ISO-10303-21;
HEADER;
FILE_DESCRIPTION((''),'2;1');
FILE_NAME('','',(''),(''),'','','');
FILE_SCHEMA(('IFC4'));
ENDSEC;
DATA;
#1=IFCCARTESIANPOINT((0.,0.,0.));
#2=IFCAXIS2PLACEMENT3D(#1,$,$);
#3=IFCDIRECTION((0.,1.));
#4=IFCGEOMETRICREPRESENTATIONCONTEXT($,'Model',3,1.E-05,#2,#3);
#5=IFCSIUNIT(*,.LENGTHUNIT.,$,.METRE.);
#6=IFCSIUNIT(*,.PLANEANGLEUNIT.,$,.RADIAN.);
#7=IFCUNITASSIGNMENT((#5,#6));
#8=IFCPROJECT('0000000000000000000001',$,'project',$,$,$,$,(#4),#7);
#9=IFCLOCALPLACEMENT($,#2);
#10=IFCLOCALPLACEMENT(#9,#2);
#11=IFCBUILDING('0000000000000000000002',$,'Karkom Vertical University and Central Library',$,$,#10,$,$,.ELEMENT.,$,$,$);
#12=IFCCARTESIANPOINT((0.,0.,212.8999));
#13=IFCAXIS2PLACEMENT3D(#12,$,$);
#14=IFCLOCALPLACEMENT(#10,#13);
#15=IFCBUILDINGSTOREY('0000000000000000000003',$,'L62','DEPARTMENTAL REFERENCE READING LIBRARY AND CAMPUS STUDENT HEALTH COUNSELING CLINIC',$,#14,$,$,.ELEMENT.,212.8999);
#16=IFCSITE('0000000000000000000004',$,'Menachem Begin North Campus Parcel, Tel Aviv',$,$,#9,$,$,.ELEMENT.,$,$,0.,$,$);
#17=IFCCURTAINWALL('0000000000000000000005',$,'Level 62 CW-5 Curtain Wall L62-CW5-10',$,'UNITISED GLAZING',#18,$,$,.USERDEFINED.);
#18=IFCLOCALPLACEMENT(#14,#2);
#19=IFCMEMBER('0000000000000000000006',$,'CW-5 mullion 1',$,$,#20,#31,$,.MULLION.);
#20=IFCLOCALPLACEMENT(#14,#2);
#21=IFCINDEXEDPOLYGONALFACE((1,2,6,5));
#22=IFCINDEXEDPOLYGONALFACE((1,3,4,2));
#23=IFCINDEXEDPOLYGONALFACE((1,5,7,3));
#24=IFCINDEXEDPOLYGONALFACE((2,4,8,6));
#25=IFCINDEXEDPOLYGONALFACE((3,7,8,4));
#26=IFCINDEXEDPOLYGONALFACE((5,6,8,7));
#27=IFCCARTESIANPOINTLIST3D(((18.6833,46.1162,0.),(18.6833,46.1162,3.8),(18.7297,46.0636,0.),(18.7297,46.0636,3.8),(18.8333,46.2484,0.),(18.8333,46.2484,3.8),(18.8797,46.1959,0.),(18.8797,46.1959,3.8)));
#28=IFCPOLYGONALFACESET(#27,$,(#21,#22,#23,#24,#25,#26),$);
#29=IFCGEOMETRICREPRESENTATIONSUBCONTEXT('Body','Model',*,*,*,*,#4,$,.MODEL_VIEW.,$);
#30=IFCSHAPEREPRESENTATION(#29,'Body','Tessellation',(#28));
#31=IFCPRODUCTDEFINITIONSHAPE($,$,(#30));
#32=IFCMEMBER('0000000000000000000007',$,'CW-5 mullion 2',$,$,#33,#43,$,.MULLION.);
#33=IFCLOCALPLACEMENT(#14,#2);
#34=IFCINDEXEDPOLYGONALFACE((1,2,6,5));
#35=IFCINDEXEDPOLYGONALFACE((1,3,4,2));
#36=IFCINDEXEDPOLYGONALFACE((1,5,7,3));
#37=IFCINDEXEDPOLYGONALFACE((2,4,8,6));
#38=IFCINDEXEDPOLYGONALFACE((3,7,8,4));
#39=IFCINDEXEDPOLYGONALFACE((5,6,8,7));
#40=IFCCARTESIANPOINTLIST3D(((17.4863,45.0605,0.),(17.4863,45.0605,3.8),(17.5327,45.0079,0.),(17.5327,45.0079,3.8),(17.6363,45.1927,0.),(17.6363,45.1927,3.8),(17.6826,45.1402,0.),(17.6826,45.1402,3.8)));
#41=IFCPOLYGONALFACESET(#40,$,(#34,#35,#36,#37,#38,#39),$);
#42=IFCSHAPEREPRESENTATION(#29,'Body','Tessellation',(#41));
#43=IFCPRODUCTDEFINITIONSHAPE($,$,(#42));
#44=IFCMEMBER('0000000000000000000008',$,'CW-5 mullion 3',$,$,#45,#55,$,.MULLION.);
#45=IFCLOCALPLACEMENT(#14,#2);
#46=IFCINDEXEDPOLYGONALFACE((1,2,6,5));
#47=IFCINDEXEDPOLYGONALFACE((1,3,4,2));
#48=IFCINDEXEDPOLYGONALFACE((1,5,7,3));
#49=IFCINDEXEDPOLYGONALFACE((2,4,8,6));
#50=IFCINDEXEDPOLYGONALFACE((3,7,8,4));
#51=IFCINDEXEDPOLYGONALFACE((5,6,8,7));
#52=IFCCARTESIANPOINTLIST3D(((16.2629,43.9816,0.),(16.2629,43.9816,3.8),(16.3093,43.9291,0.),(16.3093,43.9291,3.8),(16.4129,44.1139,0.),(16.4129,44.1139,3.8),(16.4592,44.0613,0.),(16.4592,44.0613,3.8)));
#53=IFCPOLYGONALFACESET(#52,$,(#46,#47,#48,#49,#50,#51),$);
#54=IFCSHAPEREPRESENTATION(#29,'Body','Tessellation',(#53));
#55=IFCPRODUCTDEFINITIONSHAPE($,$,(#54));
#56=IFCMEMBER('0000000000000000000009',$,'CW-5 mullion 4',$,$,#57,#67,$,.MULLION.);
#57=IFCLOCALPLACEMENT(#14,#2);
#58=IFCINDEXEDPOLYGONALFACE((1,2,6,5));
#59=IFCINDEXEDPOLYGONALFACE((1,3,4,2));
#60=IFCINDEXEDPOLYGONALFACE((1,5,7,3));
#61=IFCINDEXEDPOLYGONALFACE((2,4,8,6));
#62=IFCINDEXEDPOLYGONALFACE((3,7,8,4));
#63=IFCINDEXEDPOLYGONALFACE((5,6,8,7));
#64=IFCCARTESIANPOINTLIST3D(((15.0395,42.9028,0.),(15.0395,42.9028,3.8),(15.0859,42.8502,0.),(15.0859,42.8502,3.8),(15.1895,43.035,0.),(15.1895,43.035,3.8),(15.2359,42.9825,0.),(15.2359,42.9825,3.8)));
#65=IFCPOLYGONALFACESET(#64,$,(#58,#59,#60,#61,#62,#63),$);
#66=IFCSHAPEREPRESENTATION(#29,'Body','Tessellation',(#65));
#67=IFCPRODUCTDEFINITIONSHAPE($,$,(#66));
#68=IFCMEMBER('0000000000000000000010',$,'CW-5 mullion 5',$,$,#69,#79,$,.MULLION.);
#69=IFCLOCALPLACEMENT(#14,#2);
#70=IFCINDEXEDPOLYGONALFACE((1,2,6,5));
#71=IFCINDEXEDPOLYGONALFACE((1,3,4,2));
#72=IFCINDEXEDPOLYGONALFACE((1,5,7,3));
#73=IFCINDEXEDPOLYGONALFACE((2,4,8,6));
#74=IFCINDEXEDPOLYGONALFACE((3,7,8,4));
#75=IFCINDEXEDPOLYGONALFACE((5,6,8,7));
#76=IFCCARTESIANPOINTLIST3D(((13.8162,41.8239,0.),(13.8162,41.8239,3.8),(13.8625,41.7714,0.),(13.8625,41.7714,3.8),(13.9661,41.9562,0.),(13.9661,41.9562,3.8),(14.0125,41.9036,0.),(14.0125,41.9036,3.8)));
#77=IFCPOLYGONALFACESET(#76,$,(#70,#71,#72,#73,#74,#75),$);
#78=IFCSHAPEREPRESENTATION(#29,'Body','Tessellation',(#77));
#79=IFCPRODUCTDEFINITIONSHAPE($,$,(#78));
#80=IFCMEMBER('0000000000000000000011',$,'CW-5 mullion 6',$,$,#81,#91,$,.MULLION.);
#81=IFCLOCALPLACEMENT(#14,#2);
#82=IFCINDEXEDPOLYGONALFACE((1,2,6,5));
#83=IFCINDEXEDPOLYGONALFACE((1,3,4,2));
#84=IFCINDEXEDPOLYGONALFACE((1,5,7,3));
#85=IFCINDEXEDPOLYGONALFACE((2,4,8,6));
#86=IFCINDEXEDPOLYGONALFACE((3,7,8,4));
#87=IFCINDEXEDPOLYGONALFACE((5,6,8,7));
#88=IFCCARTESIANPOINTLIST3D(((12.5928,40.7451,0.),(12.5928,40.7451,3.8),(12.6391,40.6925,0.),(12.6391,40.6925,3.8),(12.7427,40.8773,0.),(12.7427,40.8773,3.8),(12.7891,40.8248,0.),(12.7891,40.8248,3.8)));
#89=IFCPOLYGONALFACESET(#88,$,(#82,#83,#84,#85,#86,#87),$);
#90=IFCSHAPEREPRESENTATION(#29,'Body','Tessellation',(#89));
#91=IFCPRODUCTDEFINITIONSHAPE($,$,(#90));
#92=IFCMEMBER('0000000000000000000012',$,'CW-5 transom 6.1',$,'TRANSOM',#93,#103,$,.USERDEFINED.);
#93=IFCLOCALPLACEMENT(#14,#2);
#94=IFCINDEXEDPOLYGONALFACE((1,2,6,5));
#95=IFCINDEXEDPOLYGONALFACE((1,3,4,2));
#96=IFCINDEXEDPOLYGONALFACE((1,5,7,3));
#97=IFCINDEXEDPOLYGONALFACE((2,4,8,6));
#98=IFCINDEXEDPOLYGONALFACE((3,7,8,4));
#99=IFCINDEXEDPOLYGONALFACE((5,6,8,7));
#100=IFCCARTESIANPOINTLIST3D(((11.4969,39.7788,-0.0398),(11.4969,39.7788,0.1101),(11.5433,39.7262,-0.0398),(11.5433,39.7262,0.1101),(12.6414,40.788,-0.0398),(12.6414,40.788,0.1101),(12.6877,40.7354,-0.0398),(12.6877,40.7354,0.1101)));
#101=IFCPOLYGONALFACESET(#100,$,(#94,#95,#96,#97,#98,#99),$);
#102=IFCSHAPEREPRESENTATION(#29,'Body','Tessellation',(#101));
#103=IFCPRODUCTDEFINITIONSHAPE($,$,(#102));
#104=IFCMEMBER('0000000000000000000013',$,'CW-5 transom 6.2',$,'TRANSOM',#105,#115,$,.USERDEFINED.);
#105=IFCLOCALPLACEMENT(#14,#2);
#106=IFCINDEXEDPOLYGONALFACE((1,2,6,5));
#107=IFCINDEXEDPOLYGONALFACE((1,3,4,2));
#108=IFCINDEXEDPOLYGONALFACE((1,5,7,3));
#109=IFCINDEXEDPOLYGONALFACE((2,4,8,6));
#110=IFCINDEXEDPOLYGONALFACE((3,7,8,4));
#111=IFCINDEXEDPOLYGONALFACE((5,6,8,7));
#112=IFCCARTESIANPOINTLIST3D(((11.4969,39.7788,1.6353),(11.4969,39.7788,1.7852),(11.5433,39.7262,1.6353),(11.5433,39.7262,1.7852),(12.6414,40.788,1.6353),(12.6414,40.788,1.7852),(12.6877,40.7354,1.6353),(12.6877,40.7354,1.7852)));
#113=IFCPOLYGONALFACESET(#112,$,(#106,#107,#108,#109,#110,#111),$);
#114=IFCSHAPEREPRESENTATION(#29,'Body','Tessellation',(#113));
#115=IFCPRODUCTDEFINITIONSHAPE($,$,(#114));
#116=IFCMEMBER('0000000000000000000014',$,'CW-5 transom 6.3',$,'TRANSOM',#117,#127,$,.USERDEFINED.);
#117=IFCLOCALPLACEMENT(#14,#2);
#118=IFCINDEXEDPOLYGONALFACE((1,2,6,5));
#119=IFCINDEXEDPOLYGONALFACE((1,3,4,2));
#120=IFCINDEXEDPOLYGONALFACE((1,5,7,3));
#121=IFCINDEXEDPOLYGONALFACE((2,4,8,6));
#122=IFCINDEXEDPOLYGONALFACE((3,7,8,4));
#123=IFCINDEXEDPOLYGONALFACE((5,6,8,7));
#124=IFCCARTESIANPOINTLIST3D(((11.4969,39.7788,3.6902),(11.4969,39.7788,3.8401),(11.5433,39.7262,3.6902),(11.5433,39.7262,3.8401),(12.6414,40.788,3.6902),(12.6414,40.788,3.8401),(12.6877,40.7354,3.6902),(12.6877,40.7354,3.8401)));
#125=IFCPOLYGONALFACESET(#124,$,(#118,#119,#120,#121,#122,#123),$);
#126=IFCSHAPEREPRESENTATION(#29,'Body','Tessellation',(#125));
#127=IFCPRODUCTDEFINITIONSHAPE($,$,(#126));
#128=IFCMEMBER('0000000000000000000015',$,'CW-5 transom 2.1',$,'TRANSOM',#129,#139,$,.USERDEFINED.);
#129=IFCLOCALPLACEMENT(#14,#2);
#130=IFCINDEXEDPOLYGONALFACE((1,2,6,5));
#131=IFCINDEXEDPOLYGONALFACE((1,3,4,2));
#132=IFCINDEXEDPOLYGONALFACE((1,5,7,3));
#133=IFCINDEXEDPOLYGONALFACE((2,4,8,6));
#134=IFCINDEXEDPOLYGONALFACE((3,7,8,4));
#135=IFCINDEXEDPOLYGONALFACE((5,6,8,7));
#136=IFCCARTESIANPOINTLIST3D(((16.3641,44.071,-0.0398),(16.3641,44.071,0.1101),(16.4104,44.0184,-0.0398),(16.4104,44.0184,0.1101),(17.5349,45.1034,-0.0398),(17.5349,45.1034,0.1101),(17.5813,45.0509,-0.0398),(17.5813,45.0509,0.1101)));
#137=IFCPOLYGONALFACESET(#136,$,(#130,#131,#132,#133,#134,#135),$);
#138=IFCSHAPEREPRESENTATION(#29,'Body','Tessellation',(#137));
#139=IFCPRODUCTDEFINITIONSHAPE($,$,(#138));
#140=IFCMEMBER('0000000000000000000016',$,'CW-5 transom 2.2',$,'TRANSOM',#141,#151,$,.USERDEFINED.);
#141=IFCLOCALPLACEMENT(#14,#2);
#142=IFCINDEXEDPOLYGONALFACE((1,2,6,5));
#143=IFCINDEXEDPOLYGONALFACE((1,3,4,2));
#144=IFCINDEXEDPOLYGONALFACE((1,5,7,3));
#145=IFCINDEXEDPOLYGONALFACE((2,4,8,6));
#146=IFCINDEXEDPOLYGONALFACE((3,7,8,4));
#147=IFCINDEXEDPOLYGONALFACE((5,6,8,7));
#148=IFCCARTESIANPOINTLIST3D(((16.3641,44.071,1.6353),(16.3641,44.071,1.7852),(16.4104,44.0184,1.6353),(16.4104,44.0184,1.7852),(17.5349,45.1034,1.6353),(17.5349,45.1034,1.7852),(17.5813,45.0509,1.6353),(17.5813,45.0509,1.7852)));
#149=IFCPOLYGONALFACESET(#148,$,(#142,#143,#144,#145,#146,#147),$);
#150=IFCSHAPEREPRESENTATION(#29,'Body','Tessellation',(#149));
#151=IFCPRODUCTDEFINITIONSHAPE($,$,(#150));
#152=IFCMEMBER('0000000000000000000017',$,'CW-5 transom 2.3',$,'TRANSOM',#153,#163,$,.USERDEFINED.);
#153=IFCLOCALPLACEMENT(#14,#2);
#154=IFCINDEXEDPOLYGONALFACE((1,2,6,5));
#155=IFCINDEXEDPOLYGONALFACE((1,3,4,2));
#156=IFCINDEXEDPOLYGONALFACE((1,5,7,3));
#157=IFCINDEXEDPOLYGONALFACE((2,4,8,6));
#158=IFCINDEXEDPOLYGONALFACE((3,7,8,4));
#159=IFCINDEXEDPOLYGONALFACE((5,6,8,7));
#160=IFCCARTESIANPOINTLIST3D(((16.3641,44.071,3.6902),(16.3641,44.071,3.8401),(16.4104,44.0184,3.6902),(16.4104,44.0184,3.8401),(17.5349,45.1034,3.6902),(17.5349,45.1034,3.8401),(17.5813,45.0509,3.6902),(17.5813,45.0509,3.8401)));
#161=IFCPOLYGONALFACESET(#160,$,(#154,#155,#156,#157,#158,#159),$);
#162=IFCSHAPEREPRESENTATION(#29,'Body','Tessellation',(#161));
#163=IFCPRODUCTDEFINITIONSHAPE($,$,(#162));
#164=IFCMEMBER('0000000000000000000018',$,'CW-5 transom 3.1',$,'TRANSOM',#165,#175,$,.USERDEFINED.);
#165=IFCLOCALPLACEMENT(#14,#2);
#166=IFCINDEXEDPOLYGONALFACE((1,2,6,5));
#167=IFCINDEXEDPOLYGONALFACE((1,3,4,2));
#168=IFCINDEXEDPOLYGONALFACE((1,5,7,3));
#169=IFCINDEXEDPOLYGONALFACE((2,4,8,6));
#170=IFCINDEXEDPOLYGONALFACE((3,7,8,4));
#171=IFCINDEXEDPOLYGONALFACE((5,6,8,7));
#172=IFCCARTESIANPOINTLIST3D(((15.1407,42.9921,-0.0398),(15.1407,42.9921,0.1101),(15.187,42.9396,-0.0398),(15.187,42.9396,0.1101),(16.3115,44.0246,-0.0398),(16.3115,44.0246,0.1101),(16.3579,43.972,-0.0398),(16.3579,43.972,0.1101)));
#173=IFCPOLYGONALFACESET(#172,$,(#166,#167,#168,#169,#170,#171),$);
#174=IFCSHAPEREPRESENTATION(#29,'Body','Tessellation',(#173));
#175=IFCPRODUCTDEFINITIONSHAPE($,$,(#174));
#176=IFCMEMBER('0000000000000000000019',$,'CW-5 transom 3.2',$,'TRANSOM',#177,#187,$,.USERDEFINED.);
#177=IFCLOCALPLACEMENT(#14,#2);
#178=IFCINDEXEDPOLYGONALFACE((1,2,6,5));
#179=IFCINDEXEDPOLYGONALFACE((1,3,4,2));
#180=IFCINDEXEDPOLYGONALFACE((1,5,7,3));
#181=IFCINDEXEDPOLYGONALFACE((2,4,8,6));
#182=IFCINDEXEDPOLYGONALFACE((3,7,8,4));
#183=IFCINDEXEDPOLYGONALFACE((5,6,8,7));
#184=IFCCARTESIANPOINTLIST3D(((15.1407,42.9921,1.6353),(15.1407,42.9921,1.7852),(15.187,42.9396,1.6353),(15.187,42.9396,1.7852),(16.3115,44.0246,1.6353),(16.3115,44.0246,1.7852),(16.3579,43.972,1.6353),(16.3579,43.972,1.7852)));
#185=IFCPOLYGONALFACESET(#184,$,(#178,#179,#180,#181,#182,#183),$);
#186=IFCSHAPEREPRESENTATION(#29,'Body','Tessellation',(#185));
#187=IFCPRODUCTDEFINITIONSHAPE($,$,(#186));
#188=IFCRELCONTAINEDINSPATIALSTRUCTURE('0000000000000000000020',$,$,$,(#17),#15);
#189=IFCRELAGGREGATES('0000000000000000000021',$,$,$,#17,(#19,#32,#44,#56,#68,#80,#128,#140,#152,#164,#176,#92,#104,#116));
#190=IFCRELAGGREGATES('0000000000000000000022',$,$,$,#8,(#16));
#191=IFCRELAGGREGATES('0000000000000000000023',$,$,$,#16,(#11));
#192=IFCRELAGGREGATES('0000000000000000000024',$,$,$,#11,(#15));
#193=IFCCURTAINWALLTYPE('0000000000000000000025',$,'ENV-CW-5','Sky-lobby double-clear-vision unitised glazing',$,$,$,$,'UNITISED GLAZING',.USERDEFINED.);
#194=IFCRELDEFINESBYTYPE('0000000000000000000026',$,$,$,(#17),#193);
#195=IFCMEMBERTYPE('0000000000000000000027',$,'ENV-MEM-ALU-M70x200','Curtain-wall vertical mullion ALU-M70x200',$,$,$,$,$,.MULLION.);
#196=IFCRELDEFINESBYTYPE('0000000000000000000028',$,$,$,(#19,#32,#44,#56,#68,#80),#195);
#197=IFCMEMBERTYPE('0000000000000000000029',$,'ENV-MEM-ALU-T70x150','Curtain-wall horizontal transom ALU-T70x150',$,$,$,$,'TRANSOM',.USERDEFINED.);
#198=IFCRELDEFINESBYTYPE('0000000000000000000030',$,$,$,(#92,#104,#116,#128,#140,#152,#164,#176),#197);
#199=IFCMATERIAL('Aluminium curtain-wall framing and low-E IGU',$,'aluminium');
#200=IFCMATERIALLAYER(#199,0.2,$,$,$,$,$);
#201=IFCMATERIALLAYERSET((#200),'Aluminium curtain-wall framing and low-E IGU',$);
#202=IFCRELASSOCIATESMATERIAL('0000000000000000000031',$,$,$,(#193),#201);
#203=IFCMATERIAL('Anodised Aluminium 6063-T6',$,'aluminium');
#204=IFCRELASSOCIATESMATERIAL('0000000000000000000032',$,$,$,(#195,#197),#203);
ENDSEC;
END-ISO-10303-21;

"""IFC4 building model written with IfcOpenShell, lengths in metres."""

from ifc_helpers import new_model, si_unit, direction, frame, origin, origin_with_axes, origin_2d, place, context, subcontext, project, spatial, rectangle, extrude, source, transform, mapped, material, layer, layer_set, material_profile, profile_set, type_object, element, aggregate, save


model = new_model("IFC4")

# Units and contexts
model_context = context("Model", 3, precision=1e-05, world=origin(), true_north=direction((0.0, 1.0)))
body_context = subcontext(model_context, "Body", "Model", "MODEL_VIEW")
ifc_project = project(units=[si_unit("LENGTHUNIT", "METRE"), si_unit("PLANEANGLEUNIT", "RADIAN")], contexts=[model_context])

# Site, building, storey
site_placement = place(None, origin())
site = spatial("IfcSite", under=ifc_project, at=site_placement, Name="Menachem Begin North Campus Parcel, Tel Aviv", CompositionType="ELEMENT", RefElevation=0.0)
building_placement = place(site_placement, origin())
building = spatial("IfcBuilding", under=site, at=building_placement, Name="Karkom Vertical University and Central Library", CompositionType="ELEMENT")
storey_placement = place(building_placement, frame((0.0, 0.0, 212.8999)))
storey = spatial("IfcBuildingStorey", under=building, at=storey_placement, Name="L62", Description="DEPARTMENTAL REFERENCE READING LIBRARY AND CAMPUS STUDENT HEALTH COUNSELING CLINIC", CompositionType="ELEMENT", Elevation=212.8999)

# Curtain wall, members
ifc_material_1 = material(Name="Aluminium curtain-wall framing and low-E IGU", Category="aluminium")
ifc_layer_1 = layer(ifc_material_1, 0.2)
ifc_layer_set_1 = layer_set([ifc_layer_1], Name="Aluminium curtain-wall framing and low-E IGU")
curtain_wall_type = type_object("IfcCurtainWallType", Name="ENV-CW-5", Description="Sky-lobby double-clear-vision unitised glazing", ElementType="UNITISED GLAZING", PredefinedType="USERDEFINED", material=ifc_layer_set_1)
curtain_wall_placement = place(storey_placement, origin())
curtain_wall = element("IfcCurtainWall", 1, at=curtain_wall_placement, inside=storey, type_object=curtain_wall_type, Name="Level 62 CW-5 Curtain Wall L62-CW5-10", ObjectType="UNITISED GLAZING", PredefinedType="USERDEFINED")
ifc_material_2 = material(Name="Anodised Aluminium 6063-T6", Category="aluminium")
ifc_material_profile_1 = material_profile(ifc_material_2, rectangle(XDim=0.0701, YDim=0.2, at=origin_2d()), Name="ALU-M70x200")
ifc_profile_set_1 = profile_set([ifc_material_profile_1], Name="Anodised Aluminium 6063-T6")
member_type_1 = type_object("IfcMemberType", Name="ENV-MEM-ALU-M70x200", Description="Curtain-wall vertical mullion ALU-M70x200", PredefinedType="MULLION", material=ifc_profile_set_1)
shared_shape_1 = source(origin_with_axes(), body_context, "Body", "SweptSolid", [
    extrude(rectangle(XDim=0.0701, YDim=0.2, at=origin_2d()), origin(), (0.0, 0.0, 1.0), 3.8),
])
member_1_placement = place(storey_placement, frame((18.7815, 46.156, 0.0), z_axis=(0.0, 0.0, 1.0), x_axis=(0.661408, -0.750027, 0.0)))
member_1 = element("IfcMember", 2, at=member_1_placement, type_object=member_type_1, Name="CW-5 mullion 1", PredefinedType="MULLION", context=body_context, shape_type="MappedRepresentation", body=[
    mapped(shared_shape_1, transform((0.0, 0.0, 0.0), scale=1.0)),
])
member_2_placement = place(storey_placement, frame((17.5845, 45.1003, 0.0), z_axis=(0.0, 0.0, 1.0), x_axis=(0.661408, -0.750027, 0.0)))
member_2 = element("IfcMember", 3, at=member_2_placement, type_object=member_type_1, Name="CW-5 mullion 2", PredefinedType="MULLION", context=body_context, shape_type="MappedRepresentation", body=[
    mapped(shared_shape_1, transform((0.0, 0.0, 0.0), scale=1.0)),
])
member_3_placement = place(storey_placement, frame((16.3611, 44.0215, 0.0), z_axis=(0.0, 0.0, 1.0), x_axis=(0.661408, -0.750027, 0.0)))
member_3 = element("IfcMember", 4, at=member_3_placement, type_object=member_type_1, Name="CW-5 mullion 3", PredefinedType="MULLION", context=body_context, shape_type="MappedRepresentation", body=[
    mapped(shared_shape_1, transform((0.0, 0.0, 0.0), scale=1.0)),
])
member_4_placement = place(storey_placement, frame((15.1377, 42.9426, 0.0), z_axis=(0.0, 0.0, 1.0), x_axis=(0.661408, -0.750027, 0.0)))
member_4 = element("IfcMember", 5, at=member_4_placement, type_object=member_type_1, Name="CW-5 mullion 4", PredefinedType="MULLION", context=body_context, shape_type="MappedRepresentation", body=[
    mapped(shared_shape_1, transform((0.0, 0.0, 0.0), scale=1.0)),
])
member_5_placement = place(storey_placement, frame((13.9143, 41.8638, 0.0), z_axis=(0.0, 0.0, 1.0), x_axis=(0.661408, -0.750027, 0.0)))
member_5 = element("IfcMember", 6, at=member_5_placement, type_object=member_type_1, Name="CW-5 mullion 5", PredefinedType="MULLION", context=body_context, shape_type="MappedRepresentation", body=[
    mapped(shared_shape_1, transform((0.0, 0.0, 0.0), scale=1.0)),
])
member_6_placement = place(storey_placement, frame((12.6909, 40.7849, 0.0), z_axis=(0.0, 0.0, 1.0), x_axis=(0.661408, -0.750027, 0.0)))
member_6 = element("IfcMember", 7, at=member_6_placement, type_object=member_type_1, Name="CW-5 mullion 6", PredefinedType="MULLION", context=body_context, shape_type="MappedRepresentation", body=[
    mapped(shared_shape_1, transform((0.0, 0.0, 0.0), scale=1.0)),
])
ifc_material_profile_2 = material_profile(ifc_material_2, rectangle(XDim=0.0701, YDim=0.1499, at=origin_2d()), Name="ALU-T70x150")
ifc_profile_set_2 = profile_set([ifc_material_profile_2], Name="Anodised Aluminium 6063-T6")
member_type_2 = type_object("IfcMemberType", Name="ENV-MEM-ALU-T70x150", Description="Curtain-wall horizontal transom ALU-T70x150", ElementType="TRANSOM", PredefinedType="USERDEFINED", material=ifc_profile_set_2)
shared_shape_2 = source(origin_with_axes(), body_context, "Body", "SweptSolid", [
    extrude(rectangle(XDim=0.0701, YDim=0.1499, at=origin_2d()), origin(), (0.0, 0.0, 1.0), 1.5259),
])
member_7_placement = place(storey_placement, frame((12.6646, 40.7617, 0.0352), z_axis=(-0.750034, -0.661399, 0.0), x_axis=(0.661399, -0.750034, 0.0)))
member_7 = element("IfcMember", 8, at=member_7_placement, type_object=member_type_2, Name="CW-5 transom 6.1", ObjectType="TRANSOM", PredefinedType="USERDEFINED", context=body_context, shape_type="MappedRepresentation", body=[
    mapped(shared_shape_2, transform((0.0, 0.0, 0.0), scale=1.0)),
])
member_8_placement = place(storey_placement, frame((12.6646, 40.7617, 1.7102), z_axis=(-0.750034, -0.661399, 0.0), x_axis=(0.661399, -0.750034, 0.0)))
member_8 = element("IfcMember", 9, at=member_8_placement, type_object=member_type_2, Name="CW-5 transom 6.2", ObjectType="TRANSOM", PredefinedType="USERDEFINED", context=body_context, shape_type="MappedRepresentation", body=[
    mapped(shared_shape_2, transform((0.0, 0.0, 0.0), scale=1.0)),
])
member_9_placement = place(storey_placement, frame((12.6646, 40.7617, 3.7651), z_axis=(-0.750034, -0.661399, 0.0), x_axis=(0.661399, -0.750034, 0.0)))
member_9 = element("IfcMember", 10, at=member_9_placement, type_object=member_type_2, Name="CW-5 transom 6.3", ObjectType="TRANSOM", PredefinedType="USERDEFINED", context=body_context, shape_type="MappedRepresentation", body=[
    mapped(shared_shape_2, transform((0.0, 0.0, 0.0), scale=1.0)),
])
shared_shape_3 = source(origin_with_axes(), body_context, "Body", "SweptSolid", [
    extrude(rectangle(XDim=0.0701, YDim=0.1499, at=origin_2d()), origin(), (0.0, 0.0, 1.0), 1.561),
])
member_10_placement = place(storey_placement, frame((17.5581, 45.0771, 0.0352), z_axis=(-0.750052, -0.661378, 0.0), x_axis=(0.661378, -0.750052, 0.0)))
member_10 = element("IfcMember", 11, at=member_10_placement, type_object=member_type_2, Name="CW-5 transom 2.1", ObjectType="TRANSOM", PredefinedType="USERDEFINED", context=body_context, shape_type="MappedRepresentation", body=[
    mapped(shared_shape_3, transform((0.0, 0.0, 0.0), scale=1.0)),
])
member_11_placement = place(storey_placement, frame((17.5581, 45.0771, 1.7102), z_axis=(-0.750052, -0.661378, 0.0), x_axis=(0.661378, -0.750052, 0.0)))
member_11 = element("IfcMember", 12, at=member_11_placement, type_object=member_type_2, Name="CW-5 transom 2.2", ObjectType="TRANSOM", PredefinedType="USERDEFINED", context=body_context, shape_type="MappedRepresentation", body=[
    mapped(shared_shape_3, transform((0.0, 0.0, 0.0), scale=1.0)),
])
member_12_placement = place(storey_placement, frame((17.5581, 45.0771, 3.7651), z_axis=(-0.750052, -0.661378, 0.0), x_axis=(0.661378, -0.750052, 0.0)))
member_12 = element("IfcMember", 13, at=member_12_placement, type_object=member_type_2, Name="CW-5 transom 2.3", ObjectType="TRANSOM", PredefinedType="USERDEFINED", context=body_context, shape_type="MappedRepresentation", body=[
    mapped(shared_shape_3, transform((0.0, 0.0, 0.0), scale=1.0)),
])
member_13_placement = place(storey_placement, frame((16.3347, 43.9983, 0.0352), z_axis=(-0.750052, -0.661378, 0.0), x_axis=(0.661378, -0.750052, 0.0)))
member_13 = element("IfcMember", 14, at=member_13_placement, type_object=member_type_2, Name="CW-5 transom 3.1", ObjectType="TRANSOM", PredefinedType="USERDEFINED", context=body_context, shape_type="MappedRepresentation", body=[
    mapped(shared_shape_3, transform((0.0, 0.0, 0.0), scale=1.0)),
])
member_14_placement = place(storey_placement, frame((16.3347, 43.9983, 1.7102), z_axis=(-0.750052, -0.661378, 0.0), x_axis=(0.661378, -0.750052, 0.0)))
member_14 = element("IfcMember", 15, at=member_14_placement, type_object=member_type_2, Name="CW-5 transom 3.2", ObjectType="TRANSOM", PredefinedType="USERDEFINED", context=body_context, shape_type="MappedRepresentation", body=[
    mapped(shared_shape_3, transform((0.0, 0.0, 0.0), scale=1.0)),
])
aggregate(curtain_wall, [member_1, member_2, member_3, member_4, member_5, member_6, member_10, member_11, member_12, member_13, member_14, member_7, member_8, member_9])

save(model, "model.ifc")
